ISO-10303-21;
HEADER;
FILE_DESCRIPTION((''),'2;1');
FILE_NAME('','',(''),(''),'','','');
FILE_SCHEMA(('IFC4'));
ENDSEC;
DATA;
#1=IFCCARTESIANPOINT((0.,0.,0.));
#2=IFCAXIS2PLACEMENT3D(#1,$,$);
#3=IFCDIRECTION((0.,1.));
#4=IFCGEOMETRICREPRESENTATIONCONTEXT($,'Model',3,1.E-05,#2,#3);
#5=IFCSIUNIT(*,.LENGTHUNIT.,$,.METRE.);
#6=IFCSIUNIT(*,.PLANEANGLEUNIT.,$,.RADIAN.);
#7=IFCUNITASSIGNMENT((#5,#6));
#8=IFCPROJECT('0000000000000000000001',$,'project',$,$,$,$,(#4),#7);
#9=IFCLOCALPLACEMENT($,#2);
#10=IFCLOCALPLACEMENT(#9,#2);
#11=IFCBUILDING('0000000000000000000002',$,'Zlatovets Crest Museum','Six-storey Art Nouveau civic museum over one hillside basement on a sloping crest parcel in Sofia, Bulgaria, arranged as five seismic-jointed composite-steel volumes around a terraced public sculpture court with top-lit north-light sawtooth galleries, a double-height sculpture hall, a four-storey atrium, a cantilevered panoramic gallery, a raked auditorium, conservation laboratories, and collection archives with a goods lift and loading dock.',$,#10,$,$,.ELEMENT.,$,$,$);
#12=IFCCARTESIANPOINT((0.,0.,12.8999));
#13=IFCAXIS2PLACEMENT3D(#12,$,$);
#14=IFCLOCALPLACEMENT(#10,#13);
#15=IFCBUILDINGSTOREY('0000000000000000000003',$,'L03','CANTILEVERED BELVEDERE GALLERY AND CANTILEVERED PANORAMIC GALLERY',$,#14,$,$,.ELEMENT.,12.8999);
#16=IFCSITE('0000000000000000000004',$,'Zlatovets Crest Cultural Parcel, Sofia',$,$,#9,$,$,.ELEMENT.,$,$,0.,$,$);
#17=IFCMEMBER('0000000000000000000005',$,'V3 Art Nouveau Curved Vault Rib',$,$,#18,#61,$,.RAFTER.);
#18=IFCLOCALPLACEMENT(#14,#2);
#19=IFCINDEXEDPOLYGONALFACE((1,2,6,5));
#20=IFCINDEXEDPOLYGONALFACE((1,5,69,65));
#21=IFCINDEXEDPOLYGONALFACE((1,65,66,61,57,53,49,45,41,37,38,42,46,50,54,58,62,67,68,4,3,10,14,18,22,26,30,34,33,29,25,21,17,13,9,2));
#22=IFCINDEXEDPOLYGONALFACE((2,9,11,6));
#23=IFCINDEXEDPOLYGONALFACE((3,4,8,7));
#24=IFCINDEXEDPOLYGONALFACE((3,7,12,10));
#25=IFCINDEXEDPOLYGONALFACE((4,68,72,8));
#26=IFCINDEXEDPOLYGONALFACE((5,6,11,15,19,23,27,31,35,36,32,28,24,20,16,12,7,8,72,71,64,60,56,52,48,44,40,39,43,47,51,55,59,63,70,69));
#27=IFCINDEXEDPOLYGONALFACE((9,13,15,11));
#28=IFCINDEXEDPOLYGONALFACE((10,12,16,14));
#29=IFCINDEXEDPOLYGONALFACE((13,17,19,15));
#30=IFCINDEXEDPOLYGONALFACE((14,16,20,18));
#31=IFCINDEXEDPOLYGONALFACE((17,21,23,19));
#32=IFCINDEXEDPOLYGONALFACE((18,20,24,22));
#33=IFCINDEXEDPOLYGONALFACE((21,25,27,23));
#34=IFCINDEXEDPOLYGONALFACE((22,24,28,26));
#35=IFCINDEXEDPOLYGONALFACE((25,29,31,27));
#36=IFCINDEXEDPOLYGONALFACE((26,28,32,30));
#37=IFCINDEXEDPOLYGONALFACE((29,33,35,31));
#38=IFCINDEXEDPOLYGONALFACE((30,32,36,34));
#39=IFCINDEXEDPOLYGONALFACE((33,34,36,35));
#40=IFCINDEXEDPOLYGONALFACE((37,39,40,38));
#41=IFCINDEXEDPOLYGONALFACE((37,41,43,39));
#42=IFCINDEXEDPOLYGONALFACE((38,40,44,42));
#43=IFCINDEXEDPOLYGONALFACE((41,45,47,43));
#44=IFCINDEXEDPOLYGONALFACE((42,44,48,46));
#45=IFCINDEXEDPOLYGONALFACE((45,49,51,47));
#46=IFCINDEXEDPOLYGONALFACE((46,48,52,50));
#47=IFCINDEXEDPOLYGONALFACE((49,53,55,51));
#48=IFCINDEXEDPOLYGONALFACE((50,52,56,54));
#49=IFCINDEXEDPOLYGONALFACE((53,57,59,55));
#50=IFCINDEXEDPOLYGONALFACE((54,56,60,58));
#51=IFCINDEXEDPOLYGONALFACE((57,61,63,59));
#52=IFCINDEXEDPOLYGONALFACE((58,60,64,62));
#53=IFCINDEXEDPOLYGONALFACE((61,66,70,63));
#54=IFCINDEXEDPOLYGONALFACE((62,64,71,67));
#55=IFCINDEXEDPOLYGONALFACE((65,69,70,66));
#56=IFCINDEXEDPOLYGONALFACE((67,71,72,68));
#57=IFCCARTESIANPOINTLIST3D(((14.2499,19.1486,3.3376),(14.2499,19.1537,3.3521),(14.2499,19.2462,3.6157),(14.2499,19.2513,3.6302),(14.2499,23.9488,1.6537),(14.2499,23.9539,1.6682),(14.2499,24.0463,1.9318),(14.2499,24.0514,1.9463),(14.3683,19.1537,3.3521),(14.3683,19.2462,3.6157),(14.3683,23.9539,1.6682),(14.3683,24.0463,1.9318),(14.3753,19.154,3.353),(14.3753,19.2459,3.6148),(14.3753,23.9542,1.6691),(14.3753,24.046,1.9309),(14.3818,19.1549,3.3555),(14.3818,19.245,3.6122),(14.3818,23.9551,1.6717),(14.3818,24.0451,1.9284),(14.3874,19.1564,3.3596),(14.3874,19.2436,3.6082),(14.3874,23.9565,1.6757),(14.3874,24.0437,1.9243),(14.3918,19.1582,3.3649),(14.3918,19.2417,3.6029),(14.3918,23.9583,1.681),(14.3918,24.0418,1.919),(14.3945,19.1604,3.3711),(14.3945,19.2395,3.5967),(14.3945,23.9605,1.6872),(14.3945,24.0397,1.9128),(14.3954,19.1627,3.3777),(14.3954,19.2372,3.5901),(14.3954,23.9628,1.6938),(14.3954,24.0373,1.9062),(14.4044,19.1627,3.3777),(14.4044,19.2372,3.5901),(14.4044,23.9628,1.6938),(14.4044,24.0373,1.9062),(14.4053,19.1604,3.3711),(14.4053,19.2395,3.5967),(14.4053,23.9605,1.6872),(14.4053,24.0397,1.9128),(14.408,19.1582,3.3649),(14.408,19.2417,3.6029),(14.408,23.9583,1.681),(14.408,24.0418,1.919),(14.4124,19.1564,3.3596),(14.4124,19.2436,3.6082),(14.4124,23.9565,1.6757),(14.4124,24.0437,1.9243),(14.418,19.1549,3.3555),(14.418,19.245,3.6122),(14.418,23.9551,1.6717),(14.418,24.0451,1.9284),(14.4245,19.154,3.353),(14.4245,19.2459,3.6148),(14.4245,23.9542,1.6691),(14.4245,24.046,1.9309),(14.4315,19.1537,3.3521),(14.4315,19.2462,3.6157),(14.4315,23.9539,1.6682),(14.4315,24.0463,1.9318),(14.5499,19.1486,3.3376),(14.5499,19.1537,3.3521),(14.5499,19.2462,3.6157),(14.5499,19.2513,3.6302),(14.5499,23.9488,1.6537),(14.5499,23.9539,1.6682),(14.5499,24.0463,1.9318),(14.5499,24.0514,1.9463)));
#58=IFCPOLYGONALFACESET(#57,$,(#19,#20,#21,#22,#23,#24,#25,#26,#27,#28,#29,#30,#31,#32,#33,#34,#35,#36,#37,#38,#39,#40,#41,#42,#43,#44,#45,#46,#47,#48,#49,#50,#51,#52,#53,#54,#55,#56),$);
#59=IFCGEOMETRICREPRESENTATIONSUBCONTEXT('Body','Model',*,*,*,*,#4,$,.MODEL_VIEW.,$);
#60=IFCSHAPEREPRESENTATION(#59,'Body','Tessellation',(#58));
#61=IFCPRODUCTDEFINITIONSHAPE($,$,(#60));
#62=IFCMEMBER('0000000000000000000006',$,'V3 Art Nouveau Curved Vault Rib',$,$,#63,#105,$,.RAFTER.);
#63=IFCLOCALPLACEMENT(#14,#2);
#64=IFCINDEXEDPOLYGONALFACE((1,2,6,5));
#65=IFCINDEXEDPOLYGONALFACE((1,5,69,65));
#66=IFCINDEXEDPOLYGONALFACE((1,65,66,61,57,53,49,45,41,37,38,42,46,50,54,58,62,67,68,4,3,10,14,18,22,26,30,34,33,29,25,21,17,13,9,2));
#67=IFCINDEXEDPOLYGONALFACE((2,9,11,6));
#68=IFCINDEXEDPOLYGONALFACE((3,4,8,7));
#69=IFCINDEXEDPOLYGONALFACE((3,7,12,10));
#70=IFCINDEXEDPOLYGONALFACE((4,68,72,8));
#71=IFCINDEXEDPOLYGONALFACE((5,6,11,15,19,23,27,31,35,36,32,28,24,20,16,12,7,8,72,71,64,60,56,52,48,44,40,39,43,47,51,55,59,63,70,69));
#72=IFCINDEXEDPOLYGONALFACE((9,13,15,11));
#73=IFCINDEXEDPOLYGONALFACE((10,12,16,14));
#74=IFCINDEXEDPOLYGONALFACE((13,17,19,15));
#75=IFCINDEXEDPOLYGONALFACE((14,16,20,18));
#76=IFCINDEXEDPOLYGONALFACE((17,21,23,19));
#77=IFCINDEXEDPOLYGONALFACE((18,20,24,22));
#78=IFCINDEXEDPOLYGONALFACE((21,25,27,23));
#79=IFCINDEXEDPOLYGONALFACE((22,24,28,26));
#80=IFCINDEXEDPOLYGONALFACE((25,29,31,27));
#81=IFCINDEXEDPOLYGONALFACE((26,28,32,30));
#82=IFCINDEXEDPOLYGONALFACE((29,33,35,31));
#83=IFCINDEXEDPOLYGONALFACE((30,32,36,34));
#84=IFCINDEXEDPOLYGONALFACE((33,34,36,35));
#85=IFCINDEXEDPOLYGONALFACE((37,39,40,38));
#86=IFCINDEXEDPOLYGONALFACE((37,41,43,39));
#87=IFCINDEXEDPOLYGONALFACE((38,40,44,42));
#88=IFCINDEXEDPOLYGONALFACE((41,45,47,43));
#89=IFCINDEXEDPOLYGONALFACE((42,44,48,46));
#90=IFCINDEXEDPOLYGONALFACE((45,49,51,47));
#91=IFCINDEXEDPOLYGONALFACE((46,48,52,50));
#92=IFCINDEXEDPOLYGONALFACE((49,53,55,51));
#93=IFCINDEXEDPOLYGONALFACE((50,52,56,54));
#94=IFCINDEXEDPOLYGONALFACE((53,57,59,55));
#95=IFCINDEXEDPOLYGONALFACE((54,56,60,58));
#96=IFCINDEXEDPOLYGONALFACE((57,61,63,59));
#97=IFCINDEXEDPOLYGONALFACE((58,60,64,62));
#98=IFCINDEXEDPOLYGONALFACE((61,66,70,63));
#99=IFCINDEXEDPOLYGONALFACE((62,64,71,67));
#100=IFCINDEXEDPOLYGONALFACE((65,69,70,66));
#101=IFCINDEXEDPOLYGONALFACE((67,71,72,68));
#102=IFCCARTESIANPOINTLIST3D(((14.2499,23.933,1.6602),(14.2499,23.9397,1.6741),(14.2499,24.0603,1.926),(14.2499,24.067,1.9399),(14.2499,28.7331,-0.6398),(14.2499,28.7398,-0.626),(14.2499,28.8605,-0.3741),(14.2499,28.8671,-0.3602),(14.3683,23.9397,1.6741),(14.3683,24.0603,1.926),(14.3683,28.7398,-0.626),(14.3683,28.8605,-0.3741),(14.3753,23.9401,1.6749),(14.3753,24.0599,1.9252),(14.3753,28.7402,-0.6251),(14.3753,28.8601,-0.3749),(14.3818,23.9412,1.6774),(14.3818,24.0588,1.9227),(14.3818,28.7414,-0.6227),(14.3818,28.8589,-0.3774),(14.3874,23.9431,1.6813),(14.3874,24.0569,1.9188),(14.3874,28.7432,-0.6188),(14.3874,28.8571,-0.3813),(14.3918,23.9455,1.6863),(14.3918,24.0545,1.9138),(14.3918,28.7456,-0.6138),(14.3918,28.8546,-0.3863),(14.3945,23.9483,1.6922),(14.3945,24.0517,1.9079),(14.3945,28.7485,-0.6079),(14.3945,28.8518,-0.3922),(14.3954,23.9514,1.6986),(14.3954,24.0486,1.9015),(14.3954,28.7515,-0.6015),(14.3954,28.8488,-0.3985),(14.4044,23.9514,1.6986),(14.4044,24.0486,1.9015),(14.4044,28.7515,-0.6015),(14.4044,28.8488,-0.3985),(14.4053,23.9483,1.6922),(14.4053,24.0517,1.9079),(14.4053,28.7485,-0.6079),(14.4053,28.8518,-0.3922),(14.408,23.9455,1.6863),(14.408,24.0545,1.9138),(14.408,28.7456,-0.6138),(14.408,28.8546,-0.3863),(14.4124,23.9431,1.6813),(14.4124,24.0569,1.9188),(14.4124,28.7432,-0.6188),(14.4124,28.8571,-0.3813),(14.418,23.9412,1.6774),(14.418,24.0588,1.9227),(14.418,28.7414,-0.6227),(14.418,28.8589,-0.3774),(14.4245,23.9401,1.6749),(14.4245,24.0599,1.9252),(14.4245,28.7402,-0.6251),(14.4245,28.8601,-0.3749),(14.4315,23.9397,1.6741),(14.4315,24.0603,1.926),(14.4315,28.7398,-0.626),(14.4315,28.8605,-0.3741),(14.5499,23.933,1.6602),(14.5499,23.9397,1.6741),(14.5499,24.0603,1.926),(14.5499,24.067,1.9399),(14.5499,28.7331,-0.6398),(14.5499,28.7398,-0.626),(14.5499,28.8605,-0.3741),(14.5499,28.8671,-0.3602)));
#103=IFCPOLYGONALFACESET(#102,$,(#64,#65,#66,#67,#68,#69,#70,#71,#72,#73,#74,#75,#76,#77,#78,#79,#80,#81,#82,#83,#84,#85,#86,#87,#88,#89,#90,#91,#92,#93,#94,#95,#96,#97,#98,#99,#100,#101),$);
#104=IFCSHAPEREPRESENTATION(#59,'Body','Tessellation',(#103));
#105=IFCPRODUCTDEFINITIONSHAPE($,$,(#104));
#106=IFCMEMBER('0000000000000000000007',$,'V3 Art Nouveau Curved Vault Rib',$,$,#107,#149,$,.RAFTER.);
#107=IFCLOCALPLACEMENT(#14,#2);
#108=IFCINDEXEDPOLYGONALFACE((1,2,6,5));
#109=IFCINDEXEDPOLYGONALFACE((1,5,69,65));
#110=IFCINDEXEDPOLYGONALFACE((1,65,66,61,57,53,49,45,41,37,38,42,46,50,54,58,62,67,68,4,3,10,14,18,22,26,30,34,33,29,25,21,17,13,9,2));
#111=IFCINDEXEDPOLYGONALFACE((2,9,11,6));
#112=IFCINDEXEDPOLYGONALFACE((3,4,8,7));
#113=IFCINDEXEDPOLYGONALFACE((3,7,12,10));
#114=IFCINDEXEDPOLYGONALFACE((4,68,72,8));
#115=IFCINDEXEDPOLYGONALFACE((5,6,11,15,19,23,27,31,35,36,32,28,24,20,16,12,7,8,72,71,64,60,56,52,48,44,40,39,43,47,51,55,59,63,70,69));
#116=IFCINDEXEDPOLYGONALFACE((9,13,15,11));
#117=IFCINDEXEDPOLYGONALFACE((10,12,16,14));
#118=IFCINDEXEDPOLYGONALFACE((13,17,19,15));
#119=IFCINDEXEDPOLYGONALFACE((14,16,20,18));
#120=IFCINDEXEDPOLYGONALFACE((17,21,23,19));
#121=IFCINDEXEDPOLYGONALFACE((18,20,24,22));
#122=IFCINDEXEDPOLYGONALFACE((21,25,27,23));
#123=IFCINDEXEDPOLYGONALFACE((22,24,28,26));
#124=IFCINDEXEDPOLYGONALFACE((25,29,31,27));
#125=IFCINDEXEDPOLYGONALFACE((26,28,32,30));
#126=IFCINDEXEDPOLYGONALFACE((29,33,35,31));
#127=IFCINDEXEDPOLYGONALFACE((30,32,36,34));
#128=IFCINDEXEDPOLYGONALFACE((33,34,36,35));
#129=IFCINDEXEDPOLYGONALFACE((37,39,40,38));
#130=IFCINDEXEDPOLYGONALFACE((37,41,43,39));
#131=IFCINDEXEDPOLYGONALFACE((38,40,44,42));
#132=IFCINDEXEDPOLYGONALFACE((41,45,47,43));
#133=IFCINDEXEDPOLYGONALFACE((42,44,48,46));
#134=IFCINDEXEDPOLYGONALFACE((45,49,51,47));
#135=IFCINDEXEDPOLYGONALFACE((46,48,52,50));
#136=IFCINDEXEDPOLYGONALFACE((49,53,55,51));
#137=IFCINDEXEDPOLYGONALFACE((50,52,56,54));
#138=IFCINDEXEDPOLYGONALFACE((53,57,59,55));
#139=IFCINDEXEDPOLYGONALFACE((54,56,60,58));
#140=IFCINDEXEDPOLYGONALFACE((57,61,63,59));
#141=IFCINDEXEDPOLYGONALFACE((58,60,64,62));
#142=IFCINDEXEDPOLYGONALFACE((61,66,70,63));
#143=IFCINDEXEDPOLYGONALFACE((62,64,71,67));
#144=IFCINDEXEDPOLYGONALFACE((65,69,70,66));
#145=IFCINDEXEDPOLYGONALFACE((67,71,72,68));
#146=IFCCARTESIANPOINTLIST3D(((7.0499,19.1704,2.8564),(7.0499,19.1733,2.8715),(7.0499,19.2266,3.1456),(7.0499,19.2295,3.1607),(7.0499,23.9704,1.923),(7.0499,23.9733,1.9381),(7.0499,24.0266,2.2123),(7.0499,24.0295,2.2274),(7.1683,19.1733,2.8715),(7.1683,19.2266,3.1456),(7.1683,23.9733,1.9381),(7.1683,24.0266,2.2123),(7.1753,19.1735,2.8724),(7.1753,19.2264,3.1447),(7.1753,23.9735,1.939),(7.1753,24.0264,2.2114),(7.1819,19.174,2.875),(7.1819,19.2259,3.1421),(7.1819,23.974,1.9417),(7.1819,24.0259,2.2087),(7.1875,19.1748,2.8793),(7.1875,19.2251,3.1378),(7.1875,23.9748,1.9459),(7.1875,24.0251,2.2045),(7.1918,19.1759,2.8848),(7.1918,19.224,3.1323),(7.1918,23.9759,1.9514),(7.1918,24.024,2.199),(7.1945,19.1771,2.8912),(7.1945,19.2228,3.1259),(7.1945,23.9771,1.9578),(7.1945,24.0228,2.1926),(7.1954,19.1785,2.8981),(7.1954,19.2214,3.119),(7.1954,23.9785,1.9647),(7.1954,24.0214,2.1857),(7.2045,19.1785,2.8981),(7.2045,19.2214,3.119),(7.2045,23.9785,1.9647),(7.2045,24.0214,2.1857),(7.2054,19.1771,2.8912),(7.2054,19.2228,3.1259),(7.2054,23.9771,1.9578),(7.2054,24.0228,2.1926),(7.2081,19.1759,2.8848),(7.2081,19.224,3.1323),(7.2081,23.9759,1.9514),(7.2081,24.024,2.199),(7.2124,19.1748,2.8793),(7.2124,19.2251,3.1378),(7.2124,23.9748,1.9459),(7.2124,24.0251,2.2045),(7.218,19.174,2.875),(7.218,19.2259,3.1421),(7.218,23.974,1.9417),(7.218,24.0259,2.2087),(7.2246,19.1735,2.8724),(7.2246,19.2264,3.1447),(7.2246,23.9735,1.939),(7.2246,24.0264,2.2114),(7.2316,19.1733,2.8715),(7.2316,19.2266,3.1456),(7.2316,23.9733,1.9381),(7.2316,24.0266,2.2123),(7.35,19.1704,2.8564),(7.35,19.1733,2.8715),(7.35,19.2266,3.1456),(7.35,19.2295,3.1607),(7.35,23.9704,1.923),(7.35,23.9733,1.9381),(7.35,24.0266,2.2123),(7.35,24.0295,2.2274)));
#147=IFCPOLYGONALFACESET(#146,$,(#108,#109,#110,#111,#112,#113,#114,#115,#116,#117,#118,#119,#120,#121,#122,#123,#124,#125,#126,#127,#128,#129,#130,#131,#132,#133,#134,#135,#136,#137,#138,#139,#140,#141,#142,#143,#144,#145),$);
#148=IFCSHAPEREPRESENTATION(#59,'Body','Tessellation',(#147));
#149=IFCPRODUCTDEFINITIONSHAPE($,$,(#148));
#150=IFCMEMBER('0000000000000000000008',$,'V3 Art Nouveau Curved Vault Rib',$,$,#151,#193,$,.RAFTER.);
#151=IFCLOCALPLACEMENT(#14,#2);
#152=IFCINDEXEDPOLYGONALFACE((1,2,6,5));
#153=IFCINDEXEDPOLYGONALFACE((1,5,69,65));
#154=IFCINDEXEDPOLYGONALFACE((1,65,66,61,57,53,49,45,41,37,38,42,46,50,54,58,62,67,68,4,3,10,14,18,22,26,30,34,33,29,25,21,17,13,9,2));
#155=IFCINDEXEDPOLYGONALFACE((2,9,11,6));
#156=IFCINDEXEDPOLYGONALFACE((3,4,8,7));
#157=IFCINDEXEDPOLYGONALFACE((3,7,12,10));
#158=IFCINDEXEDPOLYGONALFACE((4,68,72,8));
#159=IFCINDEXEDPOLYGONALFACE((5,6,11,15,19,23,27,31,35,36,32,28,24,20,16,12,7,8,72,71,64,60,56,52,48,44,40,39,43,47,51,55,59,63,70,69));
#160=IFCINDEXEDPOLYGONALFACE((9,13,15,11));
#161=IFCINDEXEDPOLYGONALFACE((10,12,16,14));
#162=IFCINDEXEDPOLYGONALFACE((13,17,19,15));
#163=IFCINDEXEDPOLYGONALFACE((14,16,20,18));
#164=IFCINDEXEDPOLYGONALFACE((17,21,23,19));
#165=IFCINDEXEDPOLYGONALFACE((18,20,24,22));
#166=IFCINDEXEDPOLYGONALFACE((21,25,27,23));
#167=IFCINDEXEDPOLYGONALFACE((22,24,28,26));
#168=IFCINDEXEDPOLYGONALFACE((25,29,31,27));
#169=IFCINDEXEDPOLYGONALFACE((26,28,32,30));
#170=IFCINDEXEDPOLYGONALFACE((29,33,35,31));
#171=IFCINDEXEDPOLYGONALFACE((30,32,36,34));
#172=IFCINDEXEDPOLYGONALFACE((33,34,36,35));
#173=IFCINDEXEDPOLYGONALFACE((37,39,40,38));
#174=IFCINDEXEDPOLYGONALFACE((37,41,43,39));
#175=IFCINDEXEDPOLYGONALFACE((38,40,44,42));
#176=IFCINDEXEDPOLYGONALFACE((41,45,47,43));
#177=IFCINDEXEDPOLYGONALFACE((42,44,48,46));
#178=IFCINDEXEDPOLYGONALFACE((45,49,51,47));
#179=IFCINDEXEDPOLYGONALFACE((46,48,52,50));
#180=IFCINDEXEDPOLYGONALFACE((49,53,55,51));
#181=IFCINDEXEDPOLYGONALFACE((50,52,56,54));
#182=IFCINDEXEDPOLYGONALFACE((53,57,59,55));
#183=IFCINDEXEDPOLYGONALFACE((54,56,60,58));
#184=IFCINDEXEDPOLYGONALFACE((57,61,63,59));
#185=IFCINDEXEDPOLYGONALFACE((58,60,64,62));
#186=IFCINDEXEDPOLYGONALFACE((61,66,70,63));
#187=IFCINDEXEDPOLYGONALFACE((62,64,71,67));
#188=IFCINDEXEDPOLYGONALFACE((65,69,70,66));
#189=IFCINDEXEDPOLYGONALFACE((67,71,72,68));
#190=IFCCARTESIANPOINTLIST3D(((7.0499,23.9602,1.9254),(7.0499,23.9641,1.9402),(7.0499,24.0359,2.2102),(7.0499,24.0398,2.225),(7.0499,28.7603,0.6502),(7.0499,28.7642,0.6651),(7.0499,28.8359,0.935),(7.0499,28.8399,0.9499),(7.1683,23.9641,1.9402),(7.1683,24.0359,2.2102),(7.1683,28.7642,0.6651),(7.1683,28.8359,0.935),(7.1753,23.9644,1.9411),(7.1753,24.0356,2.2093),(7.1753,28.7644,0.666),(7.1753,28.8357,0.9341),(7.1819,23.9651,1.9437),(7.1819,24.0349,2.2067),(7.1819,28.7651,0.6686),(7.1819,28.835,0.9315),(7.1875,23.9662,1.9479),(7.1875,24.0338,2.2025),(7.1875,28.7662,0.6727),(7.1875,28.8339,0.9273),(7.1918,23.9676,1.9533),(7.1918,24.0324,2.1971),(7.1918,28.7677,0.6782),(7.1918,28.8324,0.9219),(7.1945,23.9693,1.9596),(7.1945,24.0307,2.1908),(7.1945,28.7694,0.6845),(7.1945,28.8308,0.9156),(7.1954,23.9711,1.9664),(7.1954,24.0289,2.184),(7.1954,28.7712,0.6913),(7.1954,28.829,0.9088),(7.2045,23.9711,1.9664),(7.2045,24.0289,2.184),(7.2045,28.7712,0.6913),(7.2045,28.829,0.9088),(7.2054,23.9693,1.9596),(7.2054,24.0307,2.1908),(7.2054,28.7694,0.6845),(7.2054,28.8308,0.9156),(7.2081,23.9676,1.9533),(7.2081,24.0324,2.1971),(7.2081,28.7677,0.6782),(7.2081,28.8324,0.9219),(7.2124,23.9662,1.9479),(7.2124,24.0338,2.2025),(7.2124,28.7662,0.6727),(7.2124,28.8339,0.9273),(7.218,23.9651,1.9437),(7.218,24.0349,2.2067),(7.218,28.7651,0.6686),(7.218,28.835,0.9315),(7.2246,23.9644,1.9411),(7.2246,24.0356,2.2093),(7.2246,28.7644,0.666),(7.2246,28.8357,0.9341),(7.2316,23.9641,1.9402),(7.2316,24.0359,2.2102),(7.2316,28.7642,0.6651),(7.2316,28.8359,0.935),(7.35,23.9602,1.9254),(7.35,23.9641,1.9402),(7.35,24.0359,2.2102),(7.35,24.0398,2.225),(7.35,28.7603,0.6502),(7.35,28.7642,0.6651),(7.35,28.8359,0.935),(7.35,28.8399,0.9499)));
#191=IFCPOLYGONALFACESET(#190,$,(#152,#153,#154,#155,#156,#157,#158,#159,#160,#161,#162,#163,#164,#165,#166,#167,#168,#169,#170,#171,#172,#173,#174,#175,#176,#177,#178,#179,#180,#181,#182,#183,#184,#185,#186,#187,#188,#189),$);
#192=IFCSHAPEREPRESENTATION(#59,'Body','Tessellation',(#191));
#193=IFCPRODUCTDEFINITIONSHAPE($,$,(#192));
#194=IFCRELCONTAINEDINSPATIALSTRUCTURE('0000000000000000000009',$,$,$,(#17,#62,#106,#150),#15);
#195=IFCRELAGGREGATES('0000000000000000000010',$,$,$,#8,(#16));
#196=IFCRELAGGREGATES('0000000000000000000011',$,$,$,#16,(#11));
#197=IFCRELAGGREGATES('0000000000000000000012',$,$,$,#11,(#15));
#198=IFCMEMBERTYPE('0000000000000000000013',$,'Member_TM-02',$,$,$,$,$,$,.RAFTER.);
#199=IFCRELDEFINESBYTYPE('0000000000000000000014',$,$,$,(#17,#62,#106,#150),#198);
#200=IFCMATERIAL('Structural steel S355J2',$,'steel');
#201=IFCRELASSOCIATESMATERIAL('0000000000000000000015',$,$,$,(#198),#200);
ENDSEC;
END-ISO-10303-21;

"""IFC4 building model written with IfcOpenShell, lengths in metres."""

from ifc_helpers import new_model, si_unit, direction, frame, origin, origin_2d, place, context, subcontext, project, spatial, i_section, extrude, material, material_profile, profile_set, type_object, element, save


model = new_model("IFC4")

# Units and contexts
model_context = context("Model", 3, precision=1e-05, world=origin(), true_north=direction((0.0, 1.0)))
body_context = subcontext(model_context, "Body", "Model", "MODEL_VIEW")
ifc_project = project(units=[si_unit("LENGTHUNIT", "METRE"), si_unit("PLANEANGLEUNIT", "RADIAN")], contexts=[model_context])

# Site, building, storey
site_placement = place(None, origin())
site = spatial("IfcSite", under=ifc_project, at=site_placement, Name="Zlatovets Crest Cultural Parcel, Sofia", CompositionType="ELEMENT", RefElevation=0.0)
building_placement = place(site_placement, origin())
building = spatial("IfcBuilding", under=site, at=building_placement, Name="Zlatovets Crest Museum", Description="Six-storey Art Nouveau civic museum over one hillside basement on a sloping crest parcel in Sofia, Bulgaria, arranged as five seismic-jointed composite-steel volumes around a terraced public sculpture court with top-lit north-light sawtooth galleries, a double-height sculpture hall, a four-storey atrium, a cantilevered panoramic gallery, a raked auditorium, conservation laboratories, and collection archives with a goods lift and loading dock.", CompositionType="ELEMENT")
storey_placement = place(building_placement, frame((0.0, 0.0, 12.8999)))
storey = spatial("IfcBuildingStorey", under=building, at=storey_placement, Name="L03", Description="CANTILEVERED BELVEDERE GALLERY AND CANTILEVERED PANORAMIC GALLERY", CompositionType="ELEMENT", Elevation=12.8999)

# Shared definitions
ifc_material_1 = material(Name="Structural steel S355J2", Category="steel")

# Members
ifc_material_profile_1 = material_profile(ifc_material_1, i_section(OverallWidth=0.3, OverallDepth=0.3101, WebThickness=0.009, FlangeThickness=0.0154, FilletRadius=0.0271, at=origin_2d()), Name="HEA 320")
ifc_profile_set_1 = profile_set([ifc_material_profile_1], Name="Structural steel S355J2")
member_type_1 = type_object("IfcMemberType", Name="Member_TM-02", PredefinedType="RAFTER", material=ifc_profile_set_1)
member_1_placement = place(storey_placement, frame((14.3999, 19.2, 3.4839), z_axis=(0.0, 0.943624, -0.331019), x_axis=(-1.0, 0.0, 0.0)))
element("IfcMember", 1, at=member_1_placement, inside=storey, type_object=member_type_1, Name="V3 Art Nouveau Curved Vault Rib", PredefinedType="RAFTER", context=body_context, shape_type="SweptSolid", body=[
    extrude(i_section(OverallWidth=0.3, OverallDepth=0.3101, WebThickness=0.009, FlangeThickness=0.0154, FilletRadius=0.0271, at=origin_2d()), origin(), (0.0, 0.0, 1.0), 5.0869),
])
member_2_placement = place(storey_placement, frame((14.3999, 24.0, 1.8), z_axis=(0.0, 0.901814, -0.432124), x_axis=(-1.0, 0.0, 0.0)))
element("IfcMember", 2, at=member_2_placement, inside=storey, type_object=member_type_1, Name="V3 Art Nouveau Curved Vault Rib", PredefinedType="RAFTER", context=body_context, shape_type="SweptSolid", body=[
    extrude(i_section(OverallWidth=0.3, OverallDepth=0.3101, WebThickness=0.009, FlangeThickness=0.0154, FilletRadius=0.0271, at=origin_2d()), origin(), (0.0, 0.0, 1.0), 5.3228),
])
member_3_placement = place(storey_placement, frame((7.2, 19.2, 3.0085), z_axis=(0.0, 0.981615, -0.190871), x_axis=(-1.0, 0.0, 0.0)))
element("IfcMember", 3, at=member_3_placement, inside=storey, type_object=member_type_1, Name="V3 Art Nouveau Curved Vault Rib", PredefinedType="RAFTER", context=body_context, shape_type="SweptSolid", body=[
    extrude(i_section(OverallWidth=0.3, OverallDepth=0.3101, WebThickness=0.009, FlangeThickness=0.0154, FilletRadius=0.0271, at=origin_2d()), origin(), (0.0, 0.0, 1.0), 4.8899),
])
member_4_placement = place(storey_placement, frame((7.2, 24.0, 2.0752), z_axis=(0.0, 0.966478, -0.256748), x_axis=(-1.0, 0.0, 0.0)))
element("IfcMember", 4, at=member_4_placement, inside=storey, type_object=member_type_1, Name="V3 Art Nouveau Curved Vault Rib", PredefinedType="RAFTER", context=body_context, shape_type="SweptSolid", body=[
    extrude(i_section(OverallWidth=0.3, OverallDepth=0.3101, WebThickness=0.009, FlangeThickness=0.0154, FilletRadius=0.0271, at=origin_2d()), origin(), (0.0, 0.0, 1.0), 4.9666),
])

save(model, "model.ifc")
